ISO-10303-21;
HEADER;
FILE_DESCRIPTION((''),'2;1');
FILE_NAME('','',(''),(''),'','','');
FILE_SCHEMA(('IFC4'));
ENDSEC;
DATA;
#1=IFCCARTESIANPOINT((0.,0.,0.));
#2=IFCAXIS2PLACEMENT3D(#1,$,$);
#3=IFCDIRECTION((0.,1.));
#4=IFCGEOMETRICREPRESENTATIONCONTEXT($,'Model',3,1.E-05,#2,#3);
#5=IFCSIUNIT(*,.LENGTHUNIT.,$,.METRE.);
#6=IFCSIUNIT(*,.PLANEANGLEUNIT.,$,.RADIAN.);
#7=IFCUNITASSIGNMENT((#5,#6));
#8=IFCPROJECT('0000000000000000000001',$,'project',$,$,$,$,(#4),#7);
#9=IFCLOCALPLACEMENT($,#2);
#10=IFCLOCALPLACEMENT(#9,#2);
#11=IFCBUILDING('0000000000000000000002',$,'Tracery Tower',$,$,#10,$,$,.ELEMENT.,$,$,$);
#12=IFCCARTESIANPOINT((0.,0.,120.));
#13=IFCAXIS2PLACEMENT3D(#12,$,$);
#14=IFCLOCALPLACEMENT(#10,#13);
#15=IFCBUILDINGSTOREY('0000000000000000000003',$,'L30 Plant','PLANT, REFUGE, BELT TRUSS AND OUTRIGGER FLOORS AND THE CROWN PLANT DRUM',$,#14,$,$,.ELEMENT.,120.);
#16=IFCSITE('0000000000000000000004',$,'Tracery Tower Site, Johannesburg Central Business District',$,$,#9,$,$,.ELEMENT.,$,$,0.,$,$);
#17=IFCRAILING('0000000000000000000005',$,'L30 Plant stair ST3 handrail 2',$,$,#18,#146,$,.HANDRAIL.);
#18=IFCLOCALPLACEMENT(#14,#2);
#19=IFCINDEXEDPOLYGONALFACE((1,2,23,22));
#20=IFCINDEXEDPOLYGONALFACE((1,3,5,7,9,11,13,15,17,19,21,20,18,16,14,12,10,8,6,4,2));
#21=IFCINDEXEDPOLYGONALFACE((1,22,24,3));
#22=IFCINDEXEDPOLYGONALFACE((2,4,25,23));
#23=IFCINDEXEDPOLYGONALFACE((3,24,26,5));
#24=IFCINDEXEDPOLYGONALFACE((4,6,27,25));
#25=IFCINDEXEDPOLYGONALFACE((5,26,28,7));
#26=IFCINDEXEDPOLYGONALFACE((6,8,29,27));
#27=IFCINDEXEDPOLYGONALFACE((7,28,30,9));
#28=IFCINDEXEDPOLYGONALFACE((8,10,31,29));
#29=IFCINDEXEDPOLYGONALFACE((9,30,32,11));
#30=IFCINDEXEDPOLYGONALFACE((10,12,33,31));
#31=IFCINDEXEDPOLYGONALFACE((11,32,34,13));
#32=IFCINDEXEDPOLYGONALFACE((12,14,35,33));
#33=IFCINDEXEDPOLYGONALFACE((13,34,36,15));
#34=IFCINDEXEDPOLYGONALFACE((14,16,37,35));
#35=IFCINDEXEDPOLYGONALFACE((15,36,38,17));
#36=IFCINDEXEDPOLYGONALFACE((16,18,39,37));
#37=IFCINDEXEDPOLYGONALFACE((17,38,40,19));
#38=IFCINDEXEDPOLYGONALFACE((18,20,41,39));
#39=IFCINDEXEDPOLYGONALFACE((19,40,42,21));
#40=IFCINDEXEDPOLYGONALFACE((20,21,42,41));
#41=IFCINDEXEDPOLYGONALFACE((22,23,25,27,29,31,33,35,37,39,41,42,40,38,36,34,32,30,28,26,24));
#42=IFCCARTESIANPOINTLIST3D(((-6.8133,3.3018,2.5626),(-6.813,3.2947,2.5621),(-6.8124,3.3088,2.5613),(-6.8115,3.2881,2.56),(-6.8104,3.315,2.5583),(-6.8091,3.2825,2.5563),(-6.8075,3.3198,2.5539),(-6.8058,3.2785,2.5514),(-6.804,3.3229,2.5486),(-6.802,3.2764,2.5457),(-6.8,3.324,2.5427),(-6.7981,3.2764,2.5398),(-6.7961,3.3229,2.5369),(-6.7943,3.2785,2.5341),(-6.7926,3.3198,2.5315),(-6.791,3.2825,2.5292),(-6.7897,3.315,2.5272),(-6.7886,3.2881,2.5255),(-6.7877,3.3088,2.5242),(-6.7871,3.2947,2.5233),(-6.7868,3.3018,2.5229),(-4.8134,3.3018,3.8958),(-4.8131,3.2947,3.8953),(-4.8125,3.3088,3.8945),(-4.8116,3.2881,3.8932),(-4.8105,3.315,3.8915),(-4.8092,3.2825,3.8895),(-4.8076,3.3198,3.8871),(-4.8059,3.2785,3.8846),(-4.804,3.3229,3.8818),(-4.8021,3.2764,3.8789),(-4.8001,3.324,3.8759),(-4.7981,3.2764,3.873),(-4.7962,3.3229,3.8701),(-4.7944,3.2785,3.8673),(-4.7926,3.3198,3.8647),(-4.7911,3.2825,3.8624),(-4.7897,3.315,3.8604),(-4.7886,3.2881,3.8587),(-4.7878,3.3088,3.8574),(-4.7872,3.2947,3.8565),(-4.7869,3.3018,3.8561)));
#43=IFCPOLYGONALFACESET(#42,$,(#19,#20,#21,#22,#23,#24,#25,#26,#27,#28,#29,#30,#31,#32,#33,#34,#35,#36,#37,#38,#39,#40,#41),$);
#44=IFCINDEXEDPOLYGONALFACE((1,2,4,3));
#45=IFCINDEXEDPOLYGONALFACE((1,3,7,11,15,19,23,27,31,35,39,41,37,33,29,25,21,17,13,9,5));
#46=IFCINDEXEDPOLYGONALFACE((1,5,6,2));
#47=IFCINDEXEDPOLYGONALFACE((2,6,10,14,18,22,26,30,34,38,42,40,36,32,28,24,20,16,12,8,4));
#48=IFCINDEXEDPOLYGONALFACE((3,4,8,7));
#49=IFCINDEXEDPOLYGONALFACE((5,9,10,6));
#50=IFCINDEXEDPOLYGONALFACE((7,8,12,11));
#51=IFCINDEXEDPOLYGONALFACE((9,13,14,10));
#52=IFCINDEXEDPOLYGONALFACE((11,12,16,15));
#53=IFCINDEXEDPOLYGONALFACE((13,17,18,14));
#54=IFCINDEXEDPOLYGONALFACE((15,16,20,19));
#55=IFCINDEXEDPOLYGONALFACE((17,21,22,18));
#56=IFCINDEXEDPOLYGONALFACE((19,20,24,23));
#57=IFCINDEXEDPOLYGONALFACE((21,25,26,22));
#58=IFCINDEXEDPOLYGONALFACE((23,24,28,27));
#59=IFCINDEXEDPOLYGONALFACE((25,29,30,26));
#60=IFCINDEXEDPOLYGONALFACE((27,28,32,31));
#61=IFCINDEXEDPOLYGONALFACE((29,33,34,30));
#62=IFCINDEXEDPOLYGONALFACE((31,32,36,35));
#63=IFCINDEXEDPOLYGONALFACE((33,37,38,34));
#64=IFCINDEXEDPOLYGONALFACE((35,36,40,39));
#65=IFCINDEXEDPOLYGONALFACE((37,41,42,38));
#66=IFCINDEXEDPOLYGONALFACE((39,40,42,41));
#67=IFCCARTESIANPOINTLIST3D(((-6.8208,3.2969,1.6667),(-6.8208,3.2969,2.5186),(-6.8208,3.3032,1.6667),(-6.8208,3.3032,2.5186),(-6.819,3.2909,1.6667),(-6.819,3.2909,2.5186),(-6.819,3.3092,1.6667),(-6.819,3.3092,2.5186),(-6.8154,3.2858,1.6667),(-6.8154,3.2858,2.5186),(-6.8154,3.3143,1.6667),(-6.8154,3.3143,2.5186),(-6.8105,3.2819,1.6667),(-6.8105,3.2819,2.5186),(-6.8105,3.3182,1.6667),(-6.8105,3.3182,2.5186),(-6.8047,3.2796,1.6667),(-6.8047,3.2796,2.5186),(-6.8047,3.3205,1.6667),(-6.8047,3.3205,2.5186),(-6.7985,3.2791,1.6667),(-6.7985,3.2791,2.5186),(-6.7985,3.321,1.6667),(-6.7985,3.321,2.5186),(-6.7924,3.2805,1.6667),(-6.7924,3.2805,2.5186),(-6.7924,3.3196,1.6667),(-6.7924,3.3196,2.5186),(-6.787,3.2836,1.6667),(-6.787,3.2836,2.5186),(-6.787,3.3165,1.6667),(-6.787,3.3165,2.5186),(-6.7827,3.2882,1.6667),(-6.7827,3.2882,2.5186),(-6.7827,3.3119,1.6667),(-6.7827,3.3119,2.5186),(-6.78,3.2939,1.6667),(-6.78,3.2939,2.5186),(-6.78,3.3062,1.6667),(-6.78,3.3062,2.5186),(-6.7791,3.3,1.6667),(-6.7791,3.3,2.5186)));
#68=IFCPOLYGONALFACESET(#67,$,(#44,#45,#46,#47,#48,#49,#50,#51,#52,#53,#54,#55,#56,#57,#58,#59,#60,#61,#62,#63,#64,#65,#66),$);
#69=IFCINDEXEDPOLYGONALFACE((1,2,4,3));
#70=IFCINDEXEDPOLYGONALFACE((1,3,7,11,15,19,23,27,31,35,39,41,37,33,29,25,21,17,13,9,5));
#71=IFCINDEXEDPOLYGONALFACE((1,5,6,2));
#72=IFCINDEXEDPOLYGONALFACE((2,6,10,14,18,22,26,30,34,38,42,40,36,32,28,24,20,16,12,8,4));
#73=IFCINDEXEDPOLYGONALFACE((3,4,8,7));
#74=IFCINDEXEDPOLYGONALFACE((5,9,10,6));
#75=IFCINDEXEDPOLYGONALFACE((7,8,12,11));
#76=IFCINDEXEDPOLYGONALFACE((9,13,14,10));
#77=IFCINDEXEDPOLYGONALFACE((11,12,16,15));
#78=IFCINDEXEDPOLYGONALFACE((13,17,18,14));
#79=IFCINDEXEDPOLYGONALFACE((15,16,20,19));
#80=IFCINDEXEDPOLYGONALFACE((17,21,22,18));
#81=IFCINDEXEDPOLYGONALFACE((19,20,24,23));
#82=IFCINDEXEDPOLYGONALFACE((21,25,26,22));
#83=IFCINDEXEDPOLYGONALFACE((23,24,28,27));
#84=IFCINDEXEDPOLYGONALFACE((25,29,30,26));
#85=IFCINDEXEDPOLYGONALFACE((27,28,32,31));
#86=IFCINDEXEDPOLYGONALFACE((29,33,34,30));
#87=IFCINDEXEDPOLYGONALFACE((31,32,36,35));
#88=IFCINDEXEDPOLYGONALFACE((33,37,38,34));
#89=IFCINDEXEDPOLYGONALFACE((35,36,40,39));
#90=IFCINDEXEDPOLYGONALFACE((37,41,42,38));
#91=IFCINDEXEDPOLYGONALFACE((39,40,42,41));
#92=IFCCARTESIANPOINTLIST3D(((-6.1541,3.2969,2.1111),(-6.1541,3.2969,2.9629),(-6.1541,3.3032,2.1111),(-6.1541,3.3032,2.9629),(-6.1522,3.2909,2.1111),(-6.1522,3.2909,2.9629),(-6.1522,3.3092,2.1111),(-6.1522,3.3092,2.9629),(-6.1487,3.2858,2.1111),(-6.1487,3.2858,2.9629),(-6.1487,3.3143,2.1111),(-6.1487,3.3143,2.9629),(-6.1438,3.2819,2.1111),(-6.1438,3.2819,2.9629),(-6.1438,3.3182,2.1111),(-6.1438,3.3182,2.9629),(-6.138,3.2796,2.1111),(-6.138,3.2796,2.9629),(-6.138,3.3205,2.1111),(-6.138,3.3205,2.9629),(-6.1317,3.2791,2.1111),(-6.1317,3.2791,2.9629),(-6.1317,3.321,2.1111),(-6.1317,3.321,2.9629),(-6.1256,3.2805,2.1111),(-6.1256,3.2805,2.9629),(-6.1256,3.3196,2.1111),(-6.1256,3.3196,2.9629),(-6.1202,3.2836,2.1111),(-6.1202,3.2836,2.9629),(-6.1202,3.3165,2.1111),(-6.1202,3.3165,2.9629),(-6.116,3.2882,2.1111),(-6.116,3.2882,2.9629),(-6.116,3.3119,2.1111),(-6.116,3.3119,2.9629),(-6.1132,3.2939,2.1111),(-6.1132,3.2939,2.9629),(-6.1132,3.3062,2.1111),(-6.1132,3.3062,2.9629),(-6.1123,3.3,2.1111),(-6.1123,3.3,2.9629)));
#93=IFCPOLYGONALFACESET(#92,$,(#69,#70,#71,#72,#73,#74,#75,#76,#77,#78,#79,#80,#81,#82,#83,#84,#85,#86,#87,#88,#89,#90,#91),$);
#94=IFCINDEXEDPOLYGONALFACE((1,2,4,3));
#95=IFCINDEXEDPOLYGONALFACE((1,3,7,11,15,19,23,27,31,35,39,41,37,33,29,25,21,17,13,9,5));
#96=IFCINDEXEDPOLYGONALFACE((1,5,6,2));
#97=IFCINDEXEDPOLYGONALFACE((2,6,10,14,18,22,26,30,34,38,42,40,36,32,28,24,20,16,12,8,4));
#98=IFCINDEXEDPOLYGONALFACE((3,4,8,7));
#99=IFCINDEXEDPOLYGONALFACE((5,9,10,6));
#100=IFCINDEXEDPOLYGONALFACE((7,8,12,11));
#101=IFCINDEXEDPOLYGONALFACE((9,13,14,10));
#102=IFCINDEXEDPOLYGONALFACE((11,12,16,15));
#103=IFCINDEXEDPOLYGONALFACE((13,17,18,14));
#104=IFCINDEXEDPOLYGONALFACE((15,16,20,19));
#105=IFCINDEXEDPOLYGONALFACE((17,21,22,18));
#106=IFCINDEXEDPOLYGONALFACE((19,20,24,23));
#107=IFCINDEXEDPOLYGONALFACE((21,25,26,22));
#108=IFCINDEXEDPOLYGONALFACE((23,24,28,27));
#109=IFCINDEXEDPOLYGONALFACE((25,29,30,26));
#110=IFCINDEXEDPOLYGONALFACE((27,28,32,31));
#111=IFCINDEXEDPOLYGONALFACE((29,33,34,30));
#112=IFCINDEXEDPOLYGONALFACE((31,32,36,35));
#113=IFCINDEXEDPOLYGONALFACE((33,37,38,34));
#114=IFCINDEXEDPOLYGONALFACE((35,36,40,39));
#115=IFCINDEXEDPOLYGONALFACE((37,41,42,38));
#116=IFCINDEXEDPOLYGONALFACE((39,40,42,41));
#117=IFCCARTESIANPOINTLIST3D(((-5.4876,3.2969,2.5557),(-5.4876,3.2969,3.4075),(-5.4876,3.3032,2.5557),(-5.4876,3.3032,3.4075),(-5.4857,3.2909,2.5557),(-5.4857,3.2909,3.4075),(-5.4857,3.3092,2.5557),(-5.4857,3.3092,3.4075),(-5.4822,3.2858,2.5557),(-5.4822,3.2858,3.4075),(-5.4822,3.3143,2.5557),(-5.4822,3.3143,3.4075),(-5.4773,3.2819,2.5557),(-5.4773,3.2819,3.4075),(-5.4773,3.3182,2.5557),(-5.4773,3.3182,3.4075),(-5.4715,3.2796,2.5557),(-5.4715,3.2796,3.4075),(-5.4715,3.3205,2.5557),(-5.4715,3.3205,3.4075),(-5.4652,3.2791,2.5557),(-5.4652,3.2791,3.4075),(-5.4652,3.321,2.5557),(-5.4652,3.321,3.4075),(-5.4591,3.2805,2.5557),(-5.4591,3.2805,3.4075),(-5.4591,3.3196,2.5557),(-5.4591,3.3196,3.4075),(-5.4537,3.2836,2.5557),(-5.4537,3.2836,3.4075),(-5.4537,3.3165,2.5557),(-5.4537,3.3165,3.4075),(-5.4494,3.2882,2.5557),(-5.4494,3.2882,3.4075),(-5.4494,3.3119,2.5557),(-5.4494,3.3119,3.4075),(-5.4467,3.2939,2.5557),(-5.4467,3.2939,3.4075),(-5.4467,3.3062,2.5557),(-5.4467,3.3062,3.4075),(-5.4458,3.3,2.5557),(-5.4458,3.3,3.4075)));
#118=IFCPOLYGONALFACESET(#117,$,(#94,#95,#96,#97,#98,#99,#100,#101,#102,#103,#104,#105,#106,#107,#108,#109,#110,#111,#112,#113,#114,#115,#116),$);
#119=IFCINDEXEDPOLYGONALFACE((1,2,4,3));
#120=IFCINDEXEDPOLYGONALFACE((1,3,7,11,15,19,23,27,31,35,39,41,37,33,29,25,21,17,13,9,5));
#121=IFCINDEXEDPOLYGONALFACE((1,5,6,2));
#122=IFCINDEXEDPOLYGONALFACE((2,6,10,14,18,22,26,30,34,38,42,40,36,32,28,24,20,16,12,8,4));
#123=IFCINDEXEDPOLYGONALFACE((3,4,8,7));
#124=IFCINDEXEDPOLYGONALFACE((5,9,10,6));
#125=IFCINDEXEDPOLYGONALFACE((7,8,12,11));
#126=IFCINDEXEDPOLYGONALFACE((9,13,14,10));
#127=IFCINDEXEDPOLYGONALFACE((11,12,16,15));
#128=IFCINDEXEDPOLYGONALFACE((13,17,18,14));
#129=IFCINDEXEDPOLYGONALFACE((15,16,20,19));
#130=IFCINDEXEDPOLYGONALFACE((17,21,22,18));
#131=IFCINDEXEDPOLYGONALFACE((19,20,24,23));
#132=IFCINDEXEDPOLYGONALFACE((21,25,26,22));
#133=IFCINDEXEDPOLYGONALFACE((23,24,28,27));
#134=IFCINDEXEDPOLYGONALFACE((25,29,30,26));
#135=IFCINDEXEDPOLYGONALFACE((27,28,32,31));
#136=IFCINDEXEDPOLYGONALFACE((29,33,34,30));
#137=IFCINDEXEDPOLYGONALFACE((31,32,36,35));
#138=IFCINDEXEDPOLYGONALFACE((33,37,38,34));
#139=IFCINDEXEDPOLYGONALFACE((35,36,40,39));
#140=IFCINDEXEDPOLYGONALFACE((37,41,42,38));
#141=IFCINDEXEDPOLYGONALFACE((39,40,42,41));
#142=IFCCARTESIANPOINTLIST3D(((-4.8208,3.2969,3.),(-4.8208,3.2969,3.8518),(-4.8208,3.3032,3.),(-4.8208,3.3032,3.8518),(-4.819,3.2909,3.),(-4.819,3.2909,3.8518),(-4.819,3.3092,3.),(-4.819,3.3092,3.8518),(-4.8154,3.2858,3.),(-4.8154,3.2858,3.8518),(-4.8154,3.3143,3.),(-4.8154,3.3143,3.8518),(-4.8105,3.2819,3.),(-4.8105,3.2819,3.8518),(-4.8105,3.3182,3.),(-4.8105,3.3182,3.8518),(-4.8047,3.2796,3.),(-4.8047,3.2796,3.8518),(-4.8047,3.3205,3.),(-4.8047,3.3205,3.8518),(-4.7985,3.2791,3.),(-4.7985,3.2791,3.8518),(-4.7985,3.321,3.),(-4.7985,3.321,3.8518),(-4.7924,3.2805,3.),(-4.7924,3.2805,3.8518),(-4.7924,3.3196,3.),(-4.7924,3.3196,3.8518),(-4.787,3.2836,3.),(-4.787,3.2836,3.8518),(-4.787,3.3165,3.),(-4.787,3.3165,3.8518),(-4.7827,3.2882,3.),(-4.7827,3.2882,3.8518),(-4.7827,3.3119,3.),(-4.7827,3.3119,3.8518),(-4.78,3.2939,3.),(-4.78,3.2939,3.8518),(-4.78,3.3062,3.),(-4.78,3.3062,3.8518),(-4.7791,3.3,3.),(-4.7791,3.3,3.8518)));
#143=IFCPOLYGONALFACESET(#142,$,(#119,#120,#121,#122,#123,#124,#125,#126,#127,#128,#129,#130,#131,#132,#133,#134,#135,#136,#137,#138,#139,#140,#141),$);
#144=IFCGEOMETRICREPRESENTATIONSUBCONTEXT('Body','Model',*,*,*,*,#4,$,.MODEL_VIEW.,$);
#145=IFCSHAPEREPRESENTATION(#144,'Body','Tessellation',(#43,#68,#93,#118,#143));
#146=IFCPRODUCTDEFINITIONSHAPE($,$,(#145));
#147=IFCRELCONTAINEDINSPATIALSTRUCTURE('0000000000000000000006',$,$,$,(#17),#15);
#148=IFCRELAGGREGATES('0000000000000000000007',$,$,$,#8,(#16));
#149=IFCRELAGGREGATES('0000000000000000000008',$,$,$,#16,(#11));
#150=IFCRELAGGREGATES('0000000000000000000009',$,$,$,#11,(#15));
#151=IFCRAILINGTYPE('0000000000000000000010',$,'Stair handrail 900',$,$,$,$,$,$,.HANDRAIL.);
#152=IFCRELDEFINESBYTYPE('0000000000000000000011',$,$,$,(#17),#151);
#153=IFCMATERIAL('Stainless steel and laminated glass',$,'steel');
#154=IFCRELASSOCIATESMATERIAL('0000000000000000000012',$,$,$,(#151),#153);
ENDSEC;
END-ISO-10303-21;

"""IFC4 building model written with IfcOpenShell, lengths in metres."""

from ifc_helpers import new_model, si_unit, direction, frame, origin, origin_2d, place, context, subcontext, project, spatial, circle, extrude, material, type_object, element, save


model = new_model("IFC4")

# Units and contexts
model_context = context("Model", 3, precision=1e-05, world=origin(), true_north=direction((0.0, 1.0)))
body_context = subcontext(model_context, "Body", "Model", "MODEL_VIEW")
ifc_project = project(units=[si_unit("LENGTHUNIT", "METRE"), si_unit("PLANEANGLEUNIT", "RADIAN")], contexts=[model_context])

# Site, building, storey
site_placement = place(None, origin())
site = spatial("IfcSite", under=ifc_project, at=site_placement, Name="Tracery Tower Site, Johannesburg Central Business District", CompositionType="ELEMENT", RefElevation=0.0)
building_placement = place(site_placement, origin())
building = spatial("IfcBuilding", under=site, at=building_placement, Name="Tracery Tower", CompositionType="ELEMENT")
storey_placement = place(building_placement, frame((0.0, 0.0, 120.0)))
storey = spatial("IfcBuildingStorey", under=building, at=storey_placement, Name="L30 Plant", Description="PLANT, REFUGE, BELT TRUSS AND OUTRIGGER FLOORS AND THE CROWN PLANT DRUM", CompositionType="ELEMENT", Elevation=120.0)

# Railing
ifc_material_1 = material(Name="Stainless steel and laminated glass", Category="steel")
railing_type_1 = type_object("IfcRailingType", Name="Stair handrail 900", PredefinedType="HANDRAIL", material=ifc_material_1)
railing_1_placement = place(storey_placement, frame((-6.8, 3.3, 1.6667)))
element("IfcRailing", 1, at=railing_1_placement, inside=storey, type_object=railing_type_1, Name="L30 Plant stair ST3 handrail 2", PredefinedType="HANDRAIL", context=body_context, shape_type="SweptSolid", body=[
    extrude(circle(Radius=0.0239, at=origin_2d()), frame((0.0, 0.0, 0.876), z_axis=(0.832066, 0.0, 0.554677), x_axis=(0.0, 1.0, 0.0)), (0.0, 0.0, 1.0), 2.4036),
    extrude(circle(Radius=0.021, at=origin_2d()), origin(), (0.0, 0.0, 1.0), 0.8518),
    extrude(circle(Radius=0.021, at=origin_2d()), frame((0.6667, 0.0, 0.4443)), (0.0, 0.0, 1.0), 0.8518),
    extrude(circle(Radius=0.021, at=origin_2d()), frame((1.3333, 0.0, 0.8889)), (0.0, 0.0, 1.0), 0.8518),
    extrude(circle(Radius=0.021, at=origin_2d()), frame((2.0, 0.0, 1.3333)), (0.0, 0.0, 1.0), 0.8518),
])

save(model, "model.ifc")
